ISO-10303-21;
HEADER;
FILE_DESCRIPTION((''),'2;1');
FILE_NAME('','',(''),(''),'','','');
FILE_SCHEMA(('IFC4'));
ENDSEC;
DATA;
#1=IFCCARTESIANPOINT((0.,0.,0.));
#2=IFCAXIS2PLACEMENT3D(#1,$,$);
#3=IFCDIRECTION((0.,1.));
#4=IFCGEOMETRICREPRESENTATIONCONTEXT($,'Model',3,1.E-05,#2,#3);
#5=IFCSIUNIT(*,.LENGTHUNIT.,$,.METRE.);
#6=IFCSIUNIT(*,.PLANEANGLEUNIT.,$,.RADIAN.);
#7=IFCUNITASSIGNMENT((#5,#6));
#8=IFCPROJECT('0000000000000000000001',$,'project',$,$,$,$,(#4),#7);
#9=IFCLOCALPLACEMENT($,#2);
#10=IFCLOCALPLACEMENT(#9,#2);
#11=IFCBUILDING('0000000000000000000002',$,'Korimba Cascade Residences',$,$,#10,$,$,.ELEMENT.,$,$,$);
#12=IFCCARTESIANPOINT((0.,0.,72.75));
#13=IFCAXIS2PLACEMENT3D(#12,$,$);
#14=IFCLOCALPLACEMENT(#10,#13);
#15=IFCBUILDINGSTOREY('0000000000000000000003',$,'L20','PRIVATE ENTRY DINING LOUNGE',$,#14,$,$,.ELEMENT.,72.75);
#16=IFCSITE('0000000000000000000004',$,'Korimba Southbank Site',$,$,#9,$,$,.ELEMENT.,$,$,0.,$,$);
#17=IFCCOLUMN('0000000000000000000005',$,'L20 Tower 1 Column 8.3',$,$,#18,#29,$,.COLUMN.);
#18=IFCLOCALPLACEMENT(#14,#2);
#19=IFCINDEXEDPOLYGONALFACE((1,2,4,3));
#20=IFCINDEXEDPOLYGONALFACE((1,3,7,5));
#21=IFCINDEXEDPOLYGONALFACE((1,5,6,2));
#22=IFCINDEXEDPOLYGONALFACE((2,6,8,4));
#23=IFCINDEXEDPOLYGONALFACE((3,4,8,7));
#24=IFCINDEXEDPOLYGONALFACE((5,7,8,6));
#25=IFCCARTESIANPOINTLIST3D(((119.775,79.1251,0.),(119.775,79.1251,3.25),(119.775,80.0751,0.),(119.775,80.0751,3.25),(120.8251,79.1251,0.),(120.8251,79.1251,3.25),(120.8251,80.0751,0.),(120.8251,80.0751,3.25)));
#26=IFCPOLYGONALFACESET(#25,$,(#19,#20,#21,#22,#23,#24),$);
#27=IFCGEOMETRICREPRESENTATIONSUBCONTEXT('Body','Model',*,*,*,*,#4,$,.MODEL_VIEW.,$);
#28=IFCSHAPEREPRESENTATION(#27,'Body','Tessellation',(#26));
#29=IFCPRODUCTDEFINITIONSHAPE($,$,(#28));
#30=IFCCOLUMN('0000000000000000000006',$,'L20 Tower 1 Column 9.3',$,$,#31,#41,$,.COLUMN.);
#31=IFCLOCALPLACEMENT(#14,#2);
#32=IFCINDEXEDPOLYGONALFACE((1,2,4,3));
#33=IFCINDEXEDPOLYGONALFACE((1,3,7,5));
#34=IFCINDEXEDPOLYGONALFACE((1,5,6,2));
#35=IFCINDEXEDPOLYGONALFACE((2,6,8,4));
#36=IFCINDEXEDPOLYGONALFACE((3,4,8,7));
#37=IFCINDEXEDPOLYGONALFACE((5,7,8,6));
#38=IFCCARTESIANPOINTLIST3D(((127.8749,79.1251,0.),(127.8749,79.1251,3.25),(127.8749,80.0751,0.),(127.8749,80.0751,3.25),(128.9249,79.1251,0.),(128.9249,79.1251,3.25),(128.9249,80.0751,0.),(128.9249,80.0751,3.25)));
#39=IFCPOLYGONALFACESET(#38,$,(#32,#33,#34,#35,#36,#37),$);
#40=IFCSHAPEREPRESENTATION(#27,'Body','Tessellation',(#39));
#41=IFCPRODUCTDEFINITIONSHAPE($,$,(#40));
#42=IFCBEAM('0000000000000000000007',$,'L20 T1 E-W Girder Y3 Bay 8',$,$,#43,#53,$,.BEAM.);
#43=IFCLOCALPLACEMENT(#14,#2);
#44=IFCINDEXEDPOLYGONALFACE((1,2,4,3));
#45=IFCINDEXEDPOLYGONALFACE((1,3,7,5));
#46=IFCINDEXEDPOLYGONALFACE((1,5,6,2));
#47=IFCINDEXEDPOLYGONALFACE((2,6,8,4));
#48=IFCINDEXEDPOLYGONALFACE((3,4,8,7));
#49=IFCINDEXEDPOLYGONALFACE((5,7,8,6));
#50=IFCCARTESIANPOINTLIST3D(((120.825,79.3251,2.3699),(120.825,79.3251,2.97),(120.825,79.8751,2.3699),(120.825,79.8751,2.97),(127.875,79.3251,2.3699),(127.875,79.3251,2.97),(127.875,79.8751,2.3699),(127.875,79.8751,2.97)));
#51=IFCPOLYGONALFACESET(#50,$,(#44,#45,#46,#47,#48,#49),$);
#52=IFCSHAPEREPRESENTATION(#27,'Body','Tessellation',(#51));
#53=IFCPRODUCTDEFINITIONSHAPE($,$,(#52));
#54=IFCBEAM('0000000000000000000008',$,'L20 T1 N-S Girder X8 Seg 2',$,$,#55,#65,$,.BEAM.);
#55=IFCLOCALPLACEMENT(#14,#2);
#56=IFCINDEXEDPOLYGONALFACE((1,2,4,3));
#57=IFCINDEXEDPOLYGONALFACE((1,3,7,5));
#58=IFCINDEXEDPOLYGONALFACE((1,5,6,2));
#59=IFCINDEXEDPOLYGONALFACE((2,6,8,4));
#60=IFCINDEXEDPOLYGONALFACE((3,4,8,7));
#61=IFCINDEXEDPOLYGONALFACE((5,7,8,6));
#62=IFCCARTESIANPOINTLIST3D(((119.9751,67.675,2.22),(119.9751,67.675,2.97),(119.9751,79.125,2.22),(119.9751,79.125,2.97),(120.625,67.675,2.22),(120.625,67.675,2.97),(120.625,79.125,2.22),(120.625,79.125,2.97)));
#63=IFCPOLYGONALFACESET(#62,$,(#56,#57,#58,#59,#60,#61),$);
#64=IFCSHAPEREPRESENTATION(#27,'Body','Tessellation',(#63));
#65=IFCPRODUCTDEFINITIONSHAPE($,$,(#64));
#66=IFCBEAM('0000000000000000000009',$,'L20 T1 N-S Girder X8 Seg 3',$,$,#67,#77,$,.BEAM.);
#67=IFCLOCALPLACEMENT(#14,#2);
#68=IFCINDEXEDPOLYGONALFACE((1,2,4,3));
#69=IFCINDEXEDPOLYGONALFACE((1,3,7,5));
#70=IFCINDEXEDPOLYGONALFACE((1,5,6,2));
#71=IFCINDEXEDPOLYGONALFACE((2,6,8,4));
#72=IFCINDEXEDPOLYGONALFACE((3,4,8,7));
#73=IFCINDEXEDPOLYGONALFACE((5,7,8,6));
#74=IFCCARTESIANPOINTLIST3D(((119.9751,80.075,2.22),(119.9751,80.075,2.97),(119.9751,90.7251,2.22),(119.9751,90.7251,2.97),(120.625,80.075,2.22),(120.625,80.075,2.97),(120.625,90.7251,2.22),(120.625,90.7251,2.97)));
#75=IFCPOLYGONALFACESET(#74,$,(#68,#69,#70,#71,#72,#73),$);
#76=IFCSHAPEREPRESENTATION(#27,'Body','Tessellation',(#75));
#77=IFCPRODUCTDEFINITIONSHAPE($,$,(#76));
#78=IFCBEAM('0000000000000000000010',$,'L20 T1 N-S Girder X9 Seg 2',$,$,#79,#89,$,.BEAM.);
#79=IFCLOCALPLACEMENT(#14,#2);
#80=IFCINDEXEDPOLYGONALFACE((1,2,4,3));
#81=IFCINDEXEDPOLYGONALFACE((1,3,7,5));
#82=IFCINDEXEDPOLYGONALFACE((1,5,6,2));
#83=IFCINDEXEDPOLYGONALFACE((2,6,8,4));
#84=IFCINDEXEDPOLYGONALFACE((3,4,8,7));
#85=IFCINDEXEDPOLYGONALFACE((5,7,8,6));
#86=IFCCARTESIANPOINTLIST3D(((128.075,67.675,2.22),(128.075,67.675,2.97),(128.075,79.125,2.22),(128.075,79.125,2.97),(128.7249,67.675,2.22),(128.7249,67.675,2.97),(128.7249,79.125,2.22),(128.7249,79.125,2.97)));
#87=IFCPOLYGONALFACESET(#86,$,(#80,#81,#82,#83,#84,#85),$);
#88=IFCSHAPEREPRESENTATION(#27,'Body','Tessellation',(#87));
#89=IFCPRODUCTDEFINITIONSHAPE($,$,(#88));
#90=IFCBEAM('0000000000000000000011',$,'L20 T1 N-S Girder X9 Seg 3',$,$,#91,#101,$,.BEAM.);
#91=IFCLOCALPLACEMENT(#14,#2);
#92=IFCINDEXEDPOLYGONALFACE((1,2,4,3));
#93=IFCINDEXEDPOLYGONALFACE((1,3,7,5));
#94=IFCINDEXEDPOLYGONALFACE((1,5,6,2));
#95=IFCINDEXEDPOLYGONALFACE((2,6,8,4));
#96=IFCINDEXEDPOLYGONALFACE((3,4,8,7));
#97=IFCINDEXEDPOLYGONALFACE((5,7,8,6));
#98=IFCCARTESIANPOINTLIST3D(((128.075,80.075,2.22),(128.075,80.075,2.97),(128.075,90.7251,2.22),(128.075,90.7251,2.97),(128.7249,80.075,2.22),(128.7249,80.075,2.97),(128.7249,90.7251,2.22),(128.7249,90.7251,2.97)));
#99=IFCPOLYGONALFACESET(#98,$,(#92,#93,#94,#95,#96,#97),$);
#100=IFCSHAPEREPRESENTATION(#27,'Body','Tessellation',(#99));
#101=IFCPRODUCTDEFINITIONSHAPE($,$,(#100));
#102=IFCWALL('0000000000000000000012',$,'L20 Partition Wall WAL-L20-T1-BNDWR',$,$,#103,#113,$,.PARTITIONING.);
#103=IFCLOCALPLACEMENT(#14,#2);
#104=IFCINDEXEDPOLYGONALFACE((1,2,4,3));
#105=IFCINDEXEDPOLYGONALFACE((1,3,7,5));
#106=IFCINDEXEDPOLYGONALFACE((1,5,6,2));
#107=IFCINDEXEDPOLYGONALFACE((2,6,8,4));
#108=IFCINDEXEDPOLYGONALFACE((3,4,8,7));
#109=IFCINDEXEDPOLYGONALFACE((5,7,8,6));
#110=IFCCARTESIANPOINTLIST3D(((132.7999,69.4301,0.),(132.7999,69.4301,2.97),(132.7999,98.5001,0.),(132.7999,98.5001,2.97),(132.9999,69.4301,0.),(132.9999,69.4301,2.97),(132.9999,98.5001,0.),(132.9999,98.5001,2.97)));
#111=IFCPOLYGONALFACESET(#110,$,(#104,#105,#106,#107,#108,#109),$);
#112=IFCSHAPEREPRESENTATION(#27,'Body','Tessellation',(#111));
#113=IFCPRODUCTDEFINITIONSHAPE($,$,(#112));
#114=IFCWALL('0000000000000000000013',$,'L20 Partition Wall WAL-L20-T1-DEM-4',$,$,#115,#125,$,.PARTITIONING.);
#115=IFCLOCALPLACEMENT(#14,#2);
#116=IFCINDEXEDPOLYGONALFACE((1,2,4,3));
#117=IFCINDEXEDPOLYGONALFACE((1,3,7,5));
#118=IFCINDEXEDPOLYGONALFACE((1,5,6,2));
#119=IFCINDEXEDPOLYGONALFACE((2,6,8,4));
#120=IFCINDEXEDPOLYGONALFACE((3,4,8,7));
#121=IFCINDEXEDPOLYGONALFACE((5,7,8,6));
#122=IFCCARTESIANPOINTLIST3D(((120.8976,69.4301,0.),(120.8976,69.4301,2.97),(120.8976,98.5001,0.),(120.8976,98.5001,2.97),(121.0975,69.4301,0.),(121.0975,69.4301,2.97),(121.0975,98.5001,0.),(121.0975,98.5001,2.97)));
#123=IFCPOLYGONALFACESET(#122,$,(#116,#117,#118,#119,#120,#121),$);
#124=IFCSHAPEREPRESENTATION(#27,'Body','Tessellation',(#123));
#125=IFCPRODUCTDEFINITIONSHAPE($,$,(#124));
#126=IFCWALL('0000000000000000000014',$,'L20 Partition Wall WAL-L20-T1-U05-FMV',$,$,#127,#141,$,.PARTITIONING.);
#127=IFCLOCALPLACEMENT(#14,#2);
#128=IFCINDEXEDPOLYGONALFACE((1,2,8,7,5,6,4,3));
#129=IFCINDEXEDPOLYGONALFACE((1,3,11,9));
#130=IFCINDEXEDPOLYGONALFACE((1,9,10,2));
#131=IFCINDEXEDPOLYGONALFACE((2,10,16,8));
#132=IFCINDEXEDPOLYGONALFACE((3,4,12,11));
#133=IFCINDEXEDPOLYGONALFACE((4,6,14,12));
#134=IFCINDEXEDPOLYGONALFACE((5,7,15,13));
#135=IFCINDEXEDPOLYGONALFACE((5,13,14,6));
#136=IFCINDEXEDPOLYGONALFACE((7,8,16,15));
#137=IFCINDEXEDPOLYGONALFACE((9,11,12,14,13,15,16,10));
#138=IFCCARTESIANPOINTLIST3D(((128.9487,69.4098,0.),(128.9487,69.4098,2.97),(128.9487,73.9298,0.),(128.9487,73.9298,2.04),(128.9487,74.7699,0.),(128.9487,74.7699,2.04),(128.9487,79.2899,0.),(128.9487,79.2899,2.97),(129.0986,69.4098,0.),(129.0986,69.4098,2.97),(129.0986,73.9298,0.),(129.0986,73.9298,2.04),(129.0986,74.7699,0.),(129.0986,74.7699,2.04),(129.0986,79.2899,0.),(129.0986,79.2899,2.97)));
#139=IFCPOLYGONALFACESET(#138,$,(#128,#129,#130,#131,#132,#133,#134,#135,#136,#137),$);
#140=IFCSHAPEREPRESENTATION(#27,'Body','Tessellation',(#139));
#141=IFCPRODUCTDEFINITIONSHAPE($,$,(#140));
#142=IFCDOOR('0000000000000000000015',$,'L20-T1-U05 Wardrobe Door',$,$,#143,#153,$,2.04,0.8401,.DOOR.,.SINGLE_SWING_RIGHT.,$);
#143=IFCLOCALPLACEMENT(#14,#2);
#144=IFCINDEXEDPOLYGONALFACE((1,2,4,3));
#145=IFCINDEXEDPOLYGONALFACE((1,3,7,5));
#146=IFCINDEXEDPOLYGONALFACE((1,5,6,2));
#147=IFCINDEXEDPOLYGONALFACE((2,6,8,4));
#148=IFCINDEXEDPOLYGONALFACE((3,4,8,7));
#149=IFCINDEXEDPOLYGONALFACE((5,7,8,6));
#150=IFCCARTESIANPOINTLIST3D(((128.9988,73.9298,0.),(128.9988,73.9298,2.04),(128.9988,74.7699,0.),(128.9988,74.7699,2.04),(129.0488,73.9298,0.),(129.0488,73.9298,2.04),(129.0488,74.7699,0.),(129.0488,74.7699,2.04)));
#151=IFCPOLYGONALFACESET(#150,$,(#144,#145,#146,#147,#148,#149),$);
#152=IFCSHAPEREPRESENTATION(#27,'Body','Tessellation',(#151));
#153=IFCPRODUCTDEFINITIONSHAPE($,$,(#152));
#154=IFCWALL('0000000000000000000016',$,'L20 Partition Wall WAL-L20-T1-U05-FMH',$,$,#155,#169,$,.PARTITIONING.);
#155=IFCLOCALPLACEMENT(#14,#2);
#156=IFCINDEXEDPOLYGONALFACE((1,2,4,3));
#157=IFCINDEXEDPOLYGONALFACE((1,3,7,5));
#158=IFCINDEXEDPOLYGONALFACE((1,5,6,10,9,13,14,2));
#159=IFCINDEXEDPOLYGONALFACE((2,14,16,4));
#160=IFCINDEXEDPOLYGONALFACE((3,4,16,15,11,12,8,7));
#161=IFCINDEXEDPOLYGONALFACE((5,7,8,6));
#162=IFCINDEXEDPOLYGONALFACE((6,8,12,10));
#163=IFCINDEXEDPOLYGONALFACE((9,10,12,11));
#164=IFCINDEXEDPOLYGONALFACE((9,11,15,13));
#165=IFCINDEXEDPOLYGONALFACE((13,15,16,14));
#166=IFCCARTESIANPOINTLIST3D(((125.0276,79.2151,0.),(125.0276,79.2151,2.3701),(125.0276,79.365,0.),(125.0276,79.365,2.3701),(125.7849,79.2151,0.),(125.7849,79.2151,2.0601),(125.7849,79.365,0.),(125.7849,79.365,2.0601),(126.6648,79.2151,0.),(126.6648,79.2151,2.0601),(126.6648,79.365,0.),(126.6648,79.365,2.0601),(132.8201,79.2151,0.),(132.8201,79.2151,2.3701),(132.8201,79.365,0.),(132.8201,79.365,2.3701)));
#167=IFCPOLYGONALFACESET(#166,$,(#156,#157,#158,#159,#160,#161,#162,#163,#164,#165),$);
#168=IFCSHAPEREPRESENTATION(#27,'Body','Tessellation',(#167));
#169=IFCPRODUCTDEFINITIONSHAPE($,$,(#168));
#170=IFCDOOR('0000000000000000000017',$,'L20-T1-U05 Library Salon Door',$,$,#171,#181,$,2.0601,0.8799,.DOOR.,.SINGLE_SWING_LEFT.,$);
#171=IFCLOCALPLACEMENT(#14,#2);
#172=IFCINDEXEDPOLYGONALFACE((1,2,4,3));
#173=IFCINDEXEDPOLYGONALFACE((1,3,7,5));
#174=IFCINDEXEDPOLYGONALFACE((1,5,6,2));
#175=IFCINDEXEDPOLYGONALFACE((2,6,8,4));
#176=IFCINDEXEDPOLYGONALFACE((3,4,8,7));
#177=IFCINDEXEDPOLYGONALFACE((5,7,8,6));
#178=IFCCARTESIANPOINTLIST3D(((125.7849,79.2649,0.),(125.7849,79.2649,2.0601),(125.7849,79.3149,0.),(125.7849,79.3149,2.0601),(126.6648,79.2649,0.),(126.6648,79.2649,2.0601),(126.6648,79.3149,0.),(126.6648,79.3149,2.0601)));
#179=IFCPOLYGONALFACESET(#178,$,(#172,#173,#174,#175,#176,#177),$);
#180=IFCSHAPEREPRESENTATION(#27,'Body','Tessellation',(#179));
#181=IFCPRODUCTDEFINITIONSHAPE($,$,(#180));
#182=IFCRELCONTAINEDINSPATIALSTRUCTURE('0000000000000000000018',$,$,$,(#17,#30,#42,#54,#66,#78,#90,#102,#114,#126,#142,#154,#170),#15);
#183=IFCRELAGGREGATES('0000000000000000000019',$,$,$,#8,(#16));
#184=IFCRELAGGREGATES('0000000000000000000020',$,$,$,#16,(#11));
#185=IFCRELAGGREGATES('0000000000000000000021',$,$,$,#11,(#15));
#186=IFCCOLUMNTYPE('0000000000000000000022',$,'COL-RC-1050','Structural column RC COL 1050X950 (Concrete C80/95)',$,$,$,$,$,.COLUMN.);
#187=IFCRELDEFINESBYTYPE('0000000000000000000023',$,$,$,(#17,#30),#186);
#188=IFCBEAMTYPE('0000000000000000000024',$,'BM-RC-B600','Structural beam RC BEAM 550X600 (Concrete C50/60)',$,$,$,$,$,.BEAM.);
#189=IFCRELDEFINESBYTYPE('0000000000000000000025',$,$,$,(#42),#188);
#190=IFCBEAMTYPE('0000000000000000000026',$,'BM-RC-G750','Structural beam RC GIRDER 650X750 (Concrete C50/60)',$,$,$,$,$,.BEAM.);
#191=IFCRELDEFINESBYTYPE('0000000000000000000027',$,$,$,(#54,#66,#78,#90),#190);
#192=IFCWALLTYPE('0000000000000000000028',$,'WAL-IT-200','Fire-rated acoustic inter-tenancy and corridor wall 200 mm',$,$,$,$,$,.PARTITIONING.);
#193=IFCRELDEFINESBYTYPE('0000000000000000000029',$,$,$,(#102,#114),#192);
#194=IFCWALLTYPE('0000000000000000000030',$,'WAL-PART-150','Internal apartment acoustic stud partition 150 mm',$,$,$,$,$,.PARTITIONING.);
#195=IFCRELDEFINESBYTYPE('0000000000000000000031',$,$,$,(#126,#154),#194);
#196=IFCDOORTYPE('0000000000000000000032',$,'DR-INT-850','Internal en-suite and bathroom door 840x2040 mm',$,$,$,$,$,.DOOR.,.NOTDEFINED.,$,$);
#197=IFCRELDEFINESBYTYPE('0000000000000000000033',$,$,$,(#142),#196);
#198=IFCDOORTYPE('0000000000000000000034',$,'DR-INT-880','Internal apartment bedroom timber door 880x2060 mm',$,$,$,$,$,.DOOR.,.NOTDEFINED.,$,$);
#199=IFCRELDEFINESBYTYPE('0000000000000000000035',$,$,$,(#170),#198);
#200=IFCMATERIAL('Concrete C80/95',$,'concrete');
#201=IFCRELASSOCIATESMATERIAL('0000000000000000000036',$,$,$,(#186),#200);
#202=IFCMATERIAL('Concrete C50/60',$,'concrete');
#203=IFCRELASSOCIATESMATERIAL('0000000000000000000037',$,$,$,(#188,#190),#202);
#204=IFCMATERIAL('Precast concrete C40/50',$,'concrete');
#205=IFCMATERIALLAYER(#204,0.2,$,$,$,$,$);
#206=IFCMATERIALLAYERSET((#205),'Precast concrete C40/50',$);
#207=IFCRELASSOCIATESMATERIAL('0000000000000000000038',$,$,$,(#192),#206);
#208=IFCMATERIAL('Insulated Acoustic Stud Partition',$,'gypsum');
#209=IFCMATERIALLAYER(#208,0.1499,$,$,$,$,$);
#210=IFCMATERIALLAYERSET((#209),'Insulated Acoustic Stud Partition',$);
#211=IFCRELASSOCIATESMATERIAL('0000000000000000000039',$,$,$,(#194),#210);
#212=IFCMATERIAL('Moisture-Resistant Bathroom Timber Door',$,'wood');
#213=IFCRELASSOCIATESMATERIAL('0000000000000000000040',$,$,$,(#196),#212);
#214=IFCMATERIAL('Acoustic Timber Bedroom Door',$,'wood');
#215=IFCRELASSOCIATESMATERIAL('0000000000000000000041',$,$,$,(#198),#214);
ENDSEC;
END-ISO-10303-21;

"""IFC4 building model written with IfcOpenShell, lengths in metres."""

from ifc_helpers import new_model, si_unit, direction, frame, frame_2d, origin, origin_2d, place, context, subcontext, project, spatial, rectangle, extrude, material, layer, layer_set, material_profile, profile_set, type_object, element, fill, save


model = new_model("IFC4")

# Units and contexts
model_context = context("Model", 3, precision=1e-05, world=origin(), true_north=direction((0.0, 1.0)))
body_context = subcontext(model_context, "Body", "Model", "MODEL_VIEW")
ifc_project = project(units=[si_unit("LENGTHUNIT", "METRE"), si_unit("PLANEANGLEUNIT", "RADIAN")], contexts=[model_context])

# Site, building, storey
site_placement = place(None, origin())
site = spatial("IfcSite", under=ifc_project, at=site_placement, Name="Korimba Southbank Site", CompositionType="ELEMENT", RefElevation=0.0)
building_placement = place(site_placement, origin())
building = spatial("IfcBuilding", under=site, at=building_placement, Name="Korimba Cascade Residences", CompositionType="ELEMENT")
storey_placement = place(building_placement, frame((0.0, 0.0, 72.75)))
storey = spatial("IfcBuildingStorey", under=building, at=storey_placement, Name="L20", Description="PRIVATE ENTRY DINING LOUNGE", CompositionType="ELEMENT", Elevation=72.75)

# Columns
ifc_material_1 = material(Name="Concrete C80/95", Category="concrete")
ifc_material_profile_1 = material_profile(ifc_material_1, rectangle(XDim=1.05, YDim=0.95, at=origin_2d()), Name="Concrete C80/95")
ifc_profile_set_1 = profile_set([ifc_material_profile_1], Name="Concrete C80/95")
column_type = type_object("IfcColumnType", Name="COL-RC-1050", Description="Structural column RC COL 1050X950 (Concrete C80/95)", PredefinedType="COLUMN", material=ifc_profile_set_1)
for number, where, z_axis, x_axis, name in (
    (1, (120.3, 79.6001, 0.0), (0.0, 0.0, 1.0), (1.0, 0.0, 0.0), "L20 Tower 1 Column 8.3"),
    (2, (128.3999, 79.6001, 0.0), (0.0, 0.0, 1.0), (1.0, 0.0, 0.0), "L20 Tower 1 Column 9.3"),
):
    element("IfcColumn", number, at=place(storey_placement, frame(where, z_axis=z_axis, x_axis=x_axis)), inside=storey, type_object=column_type, Name=name, PredefinedType="COLUMN", context=body_context, shape_type="SweptSolid", body=[
        extrude(rectangle(XDim=1.05, YDim=0.95, at=origin_2d()), origin(), (0.0, 0.0, 1.0), 3.25),
    ])

# Beams
ifc_material_2 = material(Name="Concrete C50/60", Category="concrete")
ifc_material_profile_2 = material_profile(ifc_material_2, rectangle(XDim=0.55, YDim=0.6001, at=origin_2d()), Name="Concrete C50/60")
ifc_profile_set_2 = profile_set([ifc_material_profile_2], Name="Concrete C50/60")
beam_type_1 = type_object("IfcBeamType", Name="BM-RC-B600", Description="Structural beam RC BEAM 550X600 (Concrete C50/60)", PredefinedType="BEAM", material=ifc_profile_set_2)
beam_1_placement = place(storey_placement, frame((120.825, 79.6001, 2.6699), z_axis=(1.0, 0.0, 0.0), x_axis=(0.0, 1.0, 0.0)))
element("IfcBeam", 3, at=beam_1_placement, inside=storey, type_object=beam_type_1, Name="L20 T1 E-W Girder Y3 Bay 8", PredefinedType="BEAM", context=body_context, shape_type="SweptSolid", body=[
    extrude(rectangle(XDim=0.55, YDim=0.6001, at=origin_2d()), origin(), (0.0, 0.0, 1.0), 7.05),
])
ifc_material_profile_3 = material_profile(ifc_material_2, rectangle(XDim=0.6499, YDim=0.75, at=origin_2d()), Name="Concrete C50/60")
ifc_profile_set_3 = profile_set([ifc_material_profile_3], Name="Concrete C50/60")
beam_type_2 = type_object("IfcBeamType", Name="BM-RC-G750", Description="Structural beam RC GIRDER 650X750 (Concrete C50/60)", PredefinedType="BEAM", material=ifc_profile_set_3)
beam_2_placement = place(storey_placement, frame((120.3, 67.675, 2.595), z_axis=(0.0, 1.0, 0.0), x_axis=(-1.0, 0.0, 0.0)))
element("IfcBeam", 4, at=beam_2_placement, inside=storey, type_object=beam_type_2, Name="L20 T1 N-S Girder X8 Seg 2", PredefinedType="BEAM", context=body_context, shape_type="SweptSolid", body=[
    extrude(rectangle(XDim=0.6499, YDim=0.75, at=origin_2d()), origin(), (0.0, 0.0, 1.0), 11.45),
])
beam_3_placement = place(storey_placement, frame((120.3, 80.075, 2.595), z_axis=(0.0, 1.0, 0.0), x_axis=(-1.0, 0.0, 0.0)))
element("IfcBeam", 5, at=beam_3_placement, inside=storey, type_object=beam_type_2, Name="L20 T1 N-S Girder X8 Seg 3", PredefinedType="BEAM", context=body_context, shape_type="SweptSolid", body=[
    extrude(rectangle(XDim=0.6499, YDim=0.75, at=origin_2d()), origin(), (0.0, 0.0, 1.0), 10.6501),
])
beam_4_placement = place(storey_placement, frame((128.3999, 67.675, 2.595), z_axis=(0.0, 1.0, 0.0), x_axis=(-1.0, 0.0, 0.0)))
element("IfcBeam", 6, at=beam_4_placement, inside=storey, type_object=beam_type_2, Name="L20 T1 N-S Girder X9 Seg 2", PredefinedType="BEAM", context=body_context, shape_type="SweptSolid", body=[
    extrude(rectangle(XDim=0.6499, YDim=0.75, at=origin_2d()), origin(), (0.0, 0.0, 1.0), 11.45),
])
beam_5_placement = place(storey_placement, frame((128.3999, 80.075, 2.595), z_axis=(0.0, 1.0, 0.0), x_axis=(-1.0, 0.0, 0.0)))
element("IfcBeam", 7, at=beam_5_placement, inside=storey, type_object=beam_type_2, Name="L20 T1 N-S Girder X9 Seg 3", PredefinedType="BEAM", context=body_context, shape_type="SweptSolid", body=[
    extrude(rectangle(XDim=0.6499, YDim=0.75, at=origin_2d()), origin(), (0.0, 0.0, 1.0), 10.6501),
])

# Walls
ifc_material_3 = material(Name="Precast concrete C40/50", Category="concrete")
ifc_layer_1 = layer(ifc_material_3, 0.2)
ifc_layer_set_1 = layer_set([ifc_layer_1], Name="Precast concrete C40/50")
wall_type_1 = type_object("IfcWallType", Name="WAL-IT-200", Description="Fire-rated acoustic inter-tenancy and corridor wall 200 mm", PredefinedType="PARTITIONING", material=ifc_layer_set_1)
for number, where, z_axis, x_axis, name in (
    (8, (132.8999, 69.4299, 0.0), (0.0, 0.0, 1.0), (0.0, 1.0, 0.0), "L20 Partition Wall WAL-L20-T1-BNDWR"),
    (9, (120.9976, 69.4299, 0.0), (0.0, 0.0, 1.0), (0.0, 1.0, 0.0), "L20 Partition Wall WAL-L20-T1-DEM-4"),
):
    element("IfcWall", number, at=place(storey_placement, frame(where, z_axis=z_axis, x_axis=x_axis)), inside=storey, type_object=wall_type_1, Name=name, PredefinedType="PARTITIONING", context=body_context, shape_type="SweptSolid", body=[
        extrude(rectangle(XDim=29.0701, YDim=0.2, at=frame_2d((14.5352, 0.0))), origin(), (0.0, 0.0, 1.0), 2.97),
    ])

# Walls, openings, doors
ifc_material_4 = material(Name="Insulated Acoustic Stud Partition", Category="gypsum")
ifc_layer_2 = layer(ifc_material_4, 0.1499)
ifc_layer_set_2 = layer_set([ifc_layer_2], Name="Insulated Acoustic Stud Partition")
wall_type_2 = type_object("IfcWallType", Name="WAL-PART-150", Description="Internal apartment acoustic stud partition 150 mm", PredefinedType="PARTITIONING", material=ifc_layer_set_2)
wall_1_placement = place(storey_placement, frame((129.0237, 69.4099, 0.0), z_axis=(0.0, 0.0, 1.0), x_axis=(0.0, 1.0, 0.0)))
wall_1 = element("IfcWall", 10, at=wall_1_placement, inside=storey, type_object=wall_type_2, Name="L20 Partition Wall WAL-L20-T1-U05-FMV", PredefinedType="PARTITIONING", context=body_context, shape_type="SweptSolid", body=[
    extrude(rectangle(XDim=9.8801, YDim=0.1499, at=frame_2d((4.9399, 0.0))), origin(), (0.0, 0.0, 1.0), 2.97),
])
opening_1_placement = place(wall_1_placement, frame((4.52, 0.0, 0.0)))
opening_1 = element("IfcOpeningElement", 11, at=opening_1_placement, cuts=wall_1, PredefinedType="OPENING", context=body_context, shape_type="SweptSolid", body=[
    extrude(rectangle(XDim=0.8401, YDim=2.04, at=frame_2d((0.4199, 1.02))), frame((0.0, 0.085, 0.0), z_axis=(0.0, -1.0, 0.0), x_axis=(1.0, 0.0, 0.0)), (0.0, 0.0, 1.0), 0.1699),
])
ifc_material_5 = material(Name="Moisture-Resistant Bathroom Timber Door", Category="wood")
door_type_1 = type_object("IfcDoorType", Name="DR-INT-850", Description="Internal en-suite and bathroom door 840x2040 mm", OperationType="NOTDEFINED", PredefinedType="DOOR", material=ifc_material_5)
door_1_placement = place(opening_1_placement, origin())
door_1 = element("IfcDoor", 12, at=door_1_placement, inside=storey, type_object=door_type_1, Name="L20-T1-U05 Wardrobe Door", OperationType="SINGLE_SWING_RIGHT", OverallHeight=2.04, OverallWidth=0.8401, PredefinedType="DOOR", context=body_context, shape_type="SweptSolid", body=[
    extrude(rectangle(XDim=0.8401, YDim=2.04, at=frame_2d((0.4199, 1.02))), frame((0.0, 0.0249, 0.0), z_axis=(0.0, -1.0, 0.0), x_axis=(1.0, 0.0, 0.0)), (0.0, 0.0, 1.0), 0.05),
])
fill(opening_1, door_1)
wall_2_placement = place(storey_placement, frame((125.0276, 79.29, 0.0), z_axis=(0.0, 0.0, 1.0), x_axis=(1.0, 0.0, 0.0)))
wall_2 = element("IfcWall", 13, at=wall_2_placement, inside=storey, type_object=wall_type_2, Name="L20 Partition Wall WAL-L20-T1-U05-FMH", PredefinedType="PARTITIONING", context=body_context, shape_type="SweptSolid", body=[
    extrude(rectangle(XDim=7.7925, YDim=0.1499, at=frame_2d((3.8962, 0.0))), origin(), (0.0, 0.0, 1.0), 2.3701),
])
opening_2_placement = place(wall_2_placement, frame((0.7573, 0.0, 0.0)))
opening_2 = element("IfcOpeningElement", 14, at=opening_2_placement, cuts=wall_2, PredefinedType="OPENING", context=body_context, shape_type="SweptSolid", body=[
    extrude(rectangle(XDim=0.8799, YDim=2.0601, at=frame_2d((0.4399, 1.03))), frame((0.0, 0.085, 0.0), z_axis=(0.0, -1.0, 0.0), x_axis=(1.0, 0.0, 0.0)), (0.0, 0.0, 1.0), 0.1699),
])
ifc_material_6 = material(Name="Acoustic Timber Bedroom Door", Category="wood")
door_type_2 = type_object("IfcDoorType", Name="DR-INT-880", Description="Internal apartment bedroom timber door 880x2060 mm", OperationType="NOTDEFINED", PredefinedType="DOOR", material=ifc_material_6)
door_2_placement = place(opening_2_placement, origin())
door_2 = element("IfcDoor", 15, at=door_2_placement, inside=storey, type_object=door_type_2, Name="L20-T1-U05 Library Salon Door", OperationType="SINGLE_SWING_LEFT", OverallHeight=2.0601, OverallWidth=0.8799, PredefinedType="DOOR", context=body_context, shape_type="SweptSolid", body=[
    extrude(rectangle(XDim=0.8799, YDim=2.0601, at=frame_2d((0.4399, 1.03))), frame((0.0, 0.0249, 0.0), z_axis=(0.0, -1.0, 0.0), x_axis=(1.0, 0.0, 0.0)), (0.0, 0.0, 1.0), 0.05),
])
fill(opening_2, door_2)

save(model, "model.ifc")
